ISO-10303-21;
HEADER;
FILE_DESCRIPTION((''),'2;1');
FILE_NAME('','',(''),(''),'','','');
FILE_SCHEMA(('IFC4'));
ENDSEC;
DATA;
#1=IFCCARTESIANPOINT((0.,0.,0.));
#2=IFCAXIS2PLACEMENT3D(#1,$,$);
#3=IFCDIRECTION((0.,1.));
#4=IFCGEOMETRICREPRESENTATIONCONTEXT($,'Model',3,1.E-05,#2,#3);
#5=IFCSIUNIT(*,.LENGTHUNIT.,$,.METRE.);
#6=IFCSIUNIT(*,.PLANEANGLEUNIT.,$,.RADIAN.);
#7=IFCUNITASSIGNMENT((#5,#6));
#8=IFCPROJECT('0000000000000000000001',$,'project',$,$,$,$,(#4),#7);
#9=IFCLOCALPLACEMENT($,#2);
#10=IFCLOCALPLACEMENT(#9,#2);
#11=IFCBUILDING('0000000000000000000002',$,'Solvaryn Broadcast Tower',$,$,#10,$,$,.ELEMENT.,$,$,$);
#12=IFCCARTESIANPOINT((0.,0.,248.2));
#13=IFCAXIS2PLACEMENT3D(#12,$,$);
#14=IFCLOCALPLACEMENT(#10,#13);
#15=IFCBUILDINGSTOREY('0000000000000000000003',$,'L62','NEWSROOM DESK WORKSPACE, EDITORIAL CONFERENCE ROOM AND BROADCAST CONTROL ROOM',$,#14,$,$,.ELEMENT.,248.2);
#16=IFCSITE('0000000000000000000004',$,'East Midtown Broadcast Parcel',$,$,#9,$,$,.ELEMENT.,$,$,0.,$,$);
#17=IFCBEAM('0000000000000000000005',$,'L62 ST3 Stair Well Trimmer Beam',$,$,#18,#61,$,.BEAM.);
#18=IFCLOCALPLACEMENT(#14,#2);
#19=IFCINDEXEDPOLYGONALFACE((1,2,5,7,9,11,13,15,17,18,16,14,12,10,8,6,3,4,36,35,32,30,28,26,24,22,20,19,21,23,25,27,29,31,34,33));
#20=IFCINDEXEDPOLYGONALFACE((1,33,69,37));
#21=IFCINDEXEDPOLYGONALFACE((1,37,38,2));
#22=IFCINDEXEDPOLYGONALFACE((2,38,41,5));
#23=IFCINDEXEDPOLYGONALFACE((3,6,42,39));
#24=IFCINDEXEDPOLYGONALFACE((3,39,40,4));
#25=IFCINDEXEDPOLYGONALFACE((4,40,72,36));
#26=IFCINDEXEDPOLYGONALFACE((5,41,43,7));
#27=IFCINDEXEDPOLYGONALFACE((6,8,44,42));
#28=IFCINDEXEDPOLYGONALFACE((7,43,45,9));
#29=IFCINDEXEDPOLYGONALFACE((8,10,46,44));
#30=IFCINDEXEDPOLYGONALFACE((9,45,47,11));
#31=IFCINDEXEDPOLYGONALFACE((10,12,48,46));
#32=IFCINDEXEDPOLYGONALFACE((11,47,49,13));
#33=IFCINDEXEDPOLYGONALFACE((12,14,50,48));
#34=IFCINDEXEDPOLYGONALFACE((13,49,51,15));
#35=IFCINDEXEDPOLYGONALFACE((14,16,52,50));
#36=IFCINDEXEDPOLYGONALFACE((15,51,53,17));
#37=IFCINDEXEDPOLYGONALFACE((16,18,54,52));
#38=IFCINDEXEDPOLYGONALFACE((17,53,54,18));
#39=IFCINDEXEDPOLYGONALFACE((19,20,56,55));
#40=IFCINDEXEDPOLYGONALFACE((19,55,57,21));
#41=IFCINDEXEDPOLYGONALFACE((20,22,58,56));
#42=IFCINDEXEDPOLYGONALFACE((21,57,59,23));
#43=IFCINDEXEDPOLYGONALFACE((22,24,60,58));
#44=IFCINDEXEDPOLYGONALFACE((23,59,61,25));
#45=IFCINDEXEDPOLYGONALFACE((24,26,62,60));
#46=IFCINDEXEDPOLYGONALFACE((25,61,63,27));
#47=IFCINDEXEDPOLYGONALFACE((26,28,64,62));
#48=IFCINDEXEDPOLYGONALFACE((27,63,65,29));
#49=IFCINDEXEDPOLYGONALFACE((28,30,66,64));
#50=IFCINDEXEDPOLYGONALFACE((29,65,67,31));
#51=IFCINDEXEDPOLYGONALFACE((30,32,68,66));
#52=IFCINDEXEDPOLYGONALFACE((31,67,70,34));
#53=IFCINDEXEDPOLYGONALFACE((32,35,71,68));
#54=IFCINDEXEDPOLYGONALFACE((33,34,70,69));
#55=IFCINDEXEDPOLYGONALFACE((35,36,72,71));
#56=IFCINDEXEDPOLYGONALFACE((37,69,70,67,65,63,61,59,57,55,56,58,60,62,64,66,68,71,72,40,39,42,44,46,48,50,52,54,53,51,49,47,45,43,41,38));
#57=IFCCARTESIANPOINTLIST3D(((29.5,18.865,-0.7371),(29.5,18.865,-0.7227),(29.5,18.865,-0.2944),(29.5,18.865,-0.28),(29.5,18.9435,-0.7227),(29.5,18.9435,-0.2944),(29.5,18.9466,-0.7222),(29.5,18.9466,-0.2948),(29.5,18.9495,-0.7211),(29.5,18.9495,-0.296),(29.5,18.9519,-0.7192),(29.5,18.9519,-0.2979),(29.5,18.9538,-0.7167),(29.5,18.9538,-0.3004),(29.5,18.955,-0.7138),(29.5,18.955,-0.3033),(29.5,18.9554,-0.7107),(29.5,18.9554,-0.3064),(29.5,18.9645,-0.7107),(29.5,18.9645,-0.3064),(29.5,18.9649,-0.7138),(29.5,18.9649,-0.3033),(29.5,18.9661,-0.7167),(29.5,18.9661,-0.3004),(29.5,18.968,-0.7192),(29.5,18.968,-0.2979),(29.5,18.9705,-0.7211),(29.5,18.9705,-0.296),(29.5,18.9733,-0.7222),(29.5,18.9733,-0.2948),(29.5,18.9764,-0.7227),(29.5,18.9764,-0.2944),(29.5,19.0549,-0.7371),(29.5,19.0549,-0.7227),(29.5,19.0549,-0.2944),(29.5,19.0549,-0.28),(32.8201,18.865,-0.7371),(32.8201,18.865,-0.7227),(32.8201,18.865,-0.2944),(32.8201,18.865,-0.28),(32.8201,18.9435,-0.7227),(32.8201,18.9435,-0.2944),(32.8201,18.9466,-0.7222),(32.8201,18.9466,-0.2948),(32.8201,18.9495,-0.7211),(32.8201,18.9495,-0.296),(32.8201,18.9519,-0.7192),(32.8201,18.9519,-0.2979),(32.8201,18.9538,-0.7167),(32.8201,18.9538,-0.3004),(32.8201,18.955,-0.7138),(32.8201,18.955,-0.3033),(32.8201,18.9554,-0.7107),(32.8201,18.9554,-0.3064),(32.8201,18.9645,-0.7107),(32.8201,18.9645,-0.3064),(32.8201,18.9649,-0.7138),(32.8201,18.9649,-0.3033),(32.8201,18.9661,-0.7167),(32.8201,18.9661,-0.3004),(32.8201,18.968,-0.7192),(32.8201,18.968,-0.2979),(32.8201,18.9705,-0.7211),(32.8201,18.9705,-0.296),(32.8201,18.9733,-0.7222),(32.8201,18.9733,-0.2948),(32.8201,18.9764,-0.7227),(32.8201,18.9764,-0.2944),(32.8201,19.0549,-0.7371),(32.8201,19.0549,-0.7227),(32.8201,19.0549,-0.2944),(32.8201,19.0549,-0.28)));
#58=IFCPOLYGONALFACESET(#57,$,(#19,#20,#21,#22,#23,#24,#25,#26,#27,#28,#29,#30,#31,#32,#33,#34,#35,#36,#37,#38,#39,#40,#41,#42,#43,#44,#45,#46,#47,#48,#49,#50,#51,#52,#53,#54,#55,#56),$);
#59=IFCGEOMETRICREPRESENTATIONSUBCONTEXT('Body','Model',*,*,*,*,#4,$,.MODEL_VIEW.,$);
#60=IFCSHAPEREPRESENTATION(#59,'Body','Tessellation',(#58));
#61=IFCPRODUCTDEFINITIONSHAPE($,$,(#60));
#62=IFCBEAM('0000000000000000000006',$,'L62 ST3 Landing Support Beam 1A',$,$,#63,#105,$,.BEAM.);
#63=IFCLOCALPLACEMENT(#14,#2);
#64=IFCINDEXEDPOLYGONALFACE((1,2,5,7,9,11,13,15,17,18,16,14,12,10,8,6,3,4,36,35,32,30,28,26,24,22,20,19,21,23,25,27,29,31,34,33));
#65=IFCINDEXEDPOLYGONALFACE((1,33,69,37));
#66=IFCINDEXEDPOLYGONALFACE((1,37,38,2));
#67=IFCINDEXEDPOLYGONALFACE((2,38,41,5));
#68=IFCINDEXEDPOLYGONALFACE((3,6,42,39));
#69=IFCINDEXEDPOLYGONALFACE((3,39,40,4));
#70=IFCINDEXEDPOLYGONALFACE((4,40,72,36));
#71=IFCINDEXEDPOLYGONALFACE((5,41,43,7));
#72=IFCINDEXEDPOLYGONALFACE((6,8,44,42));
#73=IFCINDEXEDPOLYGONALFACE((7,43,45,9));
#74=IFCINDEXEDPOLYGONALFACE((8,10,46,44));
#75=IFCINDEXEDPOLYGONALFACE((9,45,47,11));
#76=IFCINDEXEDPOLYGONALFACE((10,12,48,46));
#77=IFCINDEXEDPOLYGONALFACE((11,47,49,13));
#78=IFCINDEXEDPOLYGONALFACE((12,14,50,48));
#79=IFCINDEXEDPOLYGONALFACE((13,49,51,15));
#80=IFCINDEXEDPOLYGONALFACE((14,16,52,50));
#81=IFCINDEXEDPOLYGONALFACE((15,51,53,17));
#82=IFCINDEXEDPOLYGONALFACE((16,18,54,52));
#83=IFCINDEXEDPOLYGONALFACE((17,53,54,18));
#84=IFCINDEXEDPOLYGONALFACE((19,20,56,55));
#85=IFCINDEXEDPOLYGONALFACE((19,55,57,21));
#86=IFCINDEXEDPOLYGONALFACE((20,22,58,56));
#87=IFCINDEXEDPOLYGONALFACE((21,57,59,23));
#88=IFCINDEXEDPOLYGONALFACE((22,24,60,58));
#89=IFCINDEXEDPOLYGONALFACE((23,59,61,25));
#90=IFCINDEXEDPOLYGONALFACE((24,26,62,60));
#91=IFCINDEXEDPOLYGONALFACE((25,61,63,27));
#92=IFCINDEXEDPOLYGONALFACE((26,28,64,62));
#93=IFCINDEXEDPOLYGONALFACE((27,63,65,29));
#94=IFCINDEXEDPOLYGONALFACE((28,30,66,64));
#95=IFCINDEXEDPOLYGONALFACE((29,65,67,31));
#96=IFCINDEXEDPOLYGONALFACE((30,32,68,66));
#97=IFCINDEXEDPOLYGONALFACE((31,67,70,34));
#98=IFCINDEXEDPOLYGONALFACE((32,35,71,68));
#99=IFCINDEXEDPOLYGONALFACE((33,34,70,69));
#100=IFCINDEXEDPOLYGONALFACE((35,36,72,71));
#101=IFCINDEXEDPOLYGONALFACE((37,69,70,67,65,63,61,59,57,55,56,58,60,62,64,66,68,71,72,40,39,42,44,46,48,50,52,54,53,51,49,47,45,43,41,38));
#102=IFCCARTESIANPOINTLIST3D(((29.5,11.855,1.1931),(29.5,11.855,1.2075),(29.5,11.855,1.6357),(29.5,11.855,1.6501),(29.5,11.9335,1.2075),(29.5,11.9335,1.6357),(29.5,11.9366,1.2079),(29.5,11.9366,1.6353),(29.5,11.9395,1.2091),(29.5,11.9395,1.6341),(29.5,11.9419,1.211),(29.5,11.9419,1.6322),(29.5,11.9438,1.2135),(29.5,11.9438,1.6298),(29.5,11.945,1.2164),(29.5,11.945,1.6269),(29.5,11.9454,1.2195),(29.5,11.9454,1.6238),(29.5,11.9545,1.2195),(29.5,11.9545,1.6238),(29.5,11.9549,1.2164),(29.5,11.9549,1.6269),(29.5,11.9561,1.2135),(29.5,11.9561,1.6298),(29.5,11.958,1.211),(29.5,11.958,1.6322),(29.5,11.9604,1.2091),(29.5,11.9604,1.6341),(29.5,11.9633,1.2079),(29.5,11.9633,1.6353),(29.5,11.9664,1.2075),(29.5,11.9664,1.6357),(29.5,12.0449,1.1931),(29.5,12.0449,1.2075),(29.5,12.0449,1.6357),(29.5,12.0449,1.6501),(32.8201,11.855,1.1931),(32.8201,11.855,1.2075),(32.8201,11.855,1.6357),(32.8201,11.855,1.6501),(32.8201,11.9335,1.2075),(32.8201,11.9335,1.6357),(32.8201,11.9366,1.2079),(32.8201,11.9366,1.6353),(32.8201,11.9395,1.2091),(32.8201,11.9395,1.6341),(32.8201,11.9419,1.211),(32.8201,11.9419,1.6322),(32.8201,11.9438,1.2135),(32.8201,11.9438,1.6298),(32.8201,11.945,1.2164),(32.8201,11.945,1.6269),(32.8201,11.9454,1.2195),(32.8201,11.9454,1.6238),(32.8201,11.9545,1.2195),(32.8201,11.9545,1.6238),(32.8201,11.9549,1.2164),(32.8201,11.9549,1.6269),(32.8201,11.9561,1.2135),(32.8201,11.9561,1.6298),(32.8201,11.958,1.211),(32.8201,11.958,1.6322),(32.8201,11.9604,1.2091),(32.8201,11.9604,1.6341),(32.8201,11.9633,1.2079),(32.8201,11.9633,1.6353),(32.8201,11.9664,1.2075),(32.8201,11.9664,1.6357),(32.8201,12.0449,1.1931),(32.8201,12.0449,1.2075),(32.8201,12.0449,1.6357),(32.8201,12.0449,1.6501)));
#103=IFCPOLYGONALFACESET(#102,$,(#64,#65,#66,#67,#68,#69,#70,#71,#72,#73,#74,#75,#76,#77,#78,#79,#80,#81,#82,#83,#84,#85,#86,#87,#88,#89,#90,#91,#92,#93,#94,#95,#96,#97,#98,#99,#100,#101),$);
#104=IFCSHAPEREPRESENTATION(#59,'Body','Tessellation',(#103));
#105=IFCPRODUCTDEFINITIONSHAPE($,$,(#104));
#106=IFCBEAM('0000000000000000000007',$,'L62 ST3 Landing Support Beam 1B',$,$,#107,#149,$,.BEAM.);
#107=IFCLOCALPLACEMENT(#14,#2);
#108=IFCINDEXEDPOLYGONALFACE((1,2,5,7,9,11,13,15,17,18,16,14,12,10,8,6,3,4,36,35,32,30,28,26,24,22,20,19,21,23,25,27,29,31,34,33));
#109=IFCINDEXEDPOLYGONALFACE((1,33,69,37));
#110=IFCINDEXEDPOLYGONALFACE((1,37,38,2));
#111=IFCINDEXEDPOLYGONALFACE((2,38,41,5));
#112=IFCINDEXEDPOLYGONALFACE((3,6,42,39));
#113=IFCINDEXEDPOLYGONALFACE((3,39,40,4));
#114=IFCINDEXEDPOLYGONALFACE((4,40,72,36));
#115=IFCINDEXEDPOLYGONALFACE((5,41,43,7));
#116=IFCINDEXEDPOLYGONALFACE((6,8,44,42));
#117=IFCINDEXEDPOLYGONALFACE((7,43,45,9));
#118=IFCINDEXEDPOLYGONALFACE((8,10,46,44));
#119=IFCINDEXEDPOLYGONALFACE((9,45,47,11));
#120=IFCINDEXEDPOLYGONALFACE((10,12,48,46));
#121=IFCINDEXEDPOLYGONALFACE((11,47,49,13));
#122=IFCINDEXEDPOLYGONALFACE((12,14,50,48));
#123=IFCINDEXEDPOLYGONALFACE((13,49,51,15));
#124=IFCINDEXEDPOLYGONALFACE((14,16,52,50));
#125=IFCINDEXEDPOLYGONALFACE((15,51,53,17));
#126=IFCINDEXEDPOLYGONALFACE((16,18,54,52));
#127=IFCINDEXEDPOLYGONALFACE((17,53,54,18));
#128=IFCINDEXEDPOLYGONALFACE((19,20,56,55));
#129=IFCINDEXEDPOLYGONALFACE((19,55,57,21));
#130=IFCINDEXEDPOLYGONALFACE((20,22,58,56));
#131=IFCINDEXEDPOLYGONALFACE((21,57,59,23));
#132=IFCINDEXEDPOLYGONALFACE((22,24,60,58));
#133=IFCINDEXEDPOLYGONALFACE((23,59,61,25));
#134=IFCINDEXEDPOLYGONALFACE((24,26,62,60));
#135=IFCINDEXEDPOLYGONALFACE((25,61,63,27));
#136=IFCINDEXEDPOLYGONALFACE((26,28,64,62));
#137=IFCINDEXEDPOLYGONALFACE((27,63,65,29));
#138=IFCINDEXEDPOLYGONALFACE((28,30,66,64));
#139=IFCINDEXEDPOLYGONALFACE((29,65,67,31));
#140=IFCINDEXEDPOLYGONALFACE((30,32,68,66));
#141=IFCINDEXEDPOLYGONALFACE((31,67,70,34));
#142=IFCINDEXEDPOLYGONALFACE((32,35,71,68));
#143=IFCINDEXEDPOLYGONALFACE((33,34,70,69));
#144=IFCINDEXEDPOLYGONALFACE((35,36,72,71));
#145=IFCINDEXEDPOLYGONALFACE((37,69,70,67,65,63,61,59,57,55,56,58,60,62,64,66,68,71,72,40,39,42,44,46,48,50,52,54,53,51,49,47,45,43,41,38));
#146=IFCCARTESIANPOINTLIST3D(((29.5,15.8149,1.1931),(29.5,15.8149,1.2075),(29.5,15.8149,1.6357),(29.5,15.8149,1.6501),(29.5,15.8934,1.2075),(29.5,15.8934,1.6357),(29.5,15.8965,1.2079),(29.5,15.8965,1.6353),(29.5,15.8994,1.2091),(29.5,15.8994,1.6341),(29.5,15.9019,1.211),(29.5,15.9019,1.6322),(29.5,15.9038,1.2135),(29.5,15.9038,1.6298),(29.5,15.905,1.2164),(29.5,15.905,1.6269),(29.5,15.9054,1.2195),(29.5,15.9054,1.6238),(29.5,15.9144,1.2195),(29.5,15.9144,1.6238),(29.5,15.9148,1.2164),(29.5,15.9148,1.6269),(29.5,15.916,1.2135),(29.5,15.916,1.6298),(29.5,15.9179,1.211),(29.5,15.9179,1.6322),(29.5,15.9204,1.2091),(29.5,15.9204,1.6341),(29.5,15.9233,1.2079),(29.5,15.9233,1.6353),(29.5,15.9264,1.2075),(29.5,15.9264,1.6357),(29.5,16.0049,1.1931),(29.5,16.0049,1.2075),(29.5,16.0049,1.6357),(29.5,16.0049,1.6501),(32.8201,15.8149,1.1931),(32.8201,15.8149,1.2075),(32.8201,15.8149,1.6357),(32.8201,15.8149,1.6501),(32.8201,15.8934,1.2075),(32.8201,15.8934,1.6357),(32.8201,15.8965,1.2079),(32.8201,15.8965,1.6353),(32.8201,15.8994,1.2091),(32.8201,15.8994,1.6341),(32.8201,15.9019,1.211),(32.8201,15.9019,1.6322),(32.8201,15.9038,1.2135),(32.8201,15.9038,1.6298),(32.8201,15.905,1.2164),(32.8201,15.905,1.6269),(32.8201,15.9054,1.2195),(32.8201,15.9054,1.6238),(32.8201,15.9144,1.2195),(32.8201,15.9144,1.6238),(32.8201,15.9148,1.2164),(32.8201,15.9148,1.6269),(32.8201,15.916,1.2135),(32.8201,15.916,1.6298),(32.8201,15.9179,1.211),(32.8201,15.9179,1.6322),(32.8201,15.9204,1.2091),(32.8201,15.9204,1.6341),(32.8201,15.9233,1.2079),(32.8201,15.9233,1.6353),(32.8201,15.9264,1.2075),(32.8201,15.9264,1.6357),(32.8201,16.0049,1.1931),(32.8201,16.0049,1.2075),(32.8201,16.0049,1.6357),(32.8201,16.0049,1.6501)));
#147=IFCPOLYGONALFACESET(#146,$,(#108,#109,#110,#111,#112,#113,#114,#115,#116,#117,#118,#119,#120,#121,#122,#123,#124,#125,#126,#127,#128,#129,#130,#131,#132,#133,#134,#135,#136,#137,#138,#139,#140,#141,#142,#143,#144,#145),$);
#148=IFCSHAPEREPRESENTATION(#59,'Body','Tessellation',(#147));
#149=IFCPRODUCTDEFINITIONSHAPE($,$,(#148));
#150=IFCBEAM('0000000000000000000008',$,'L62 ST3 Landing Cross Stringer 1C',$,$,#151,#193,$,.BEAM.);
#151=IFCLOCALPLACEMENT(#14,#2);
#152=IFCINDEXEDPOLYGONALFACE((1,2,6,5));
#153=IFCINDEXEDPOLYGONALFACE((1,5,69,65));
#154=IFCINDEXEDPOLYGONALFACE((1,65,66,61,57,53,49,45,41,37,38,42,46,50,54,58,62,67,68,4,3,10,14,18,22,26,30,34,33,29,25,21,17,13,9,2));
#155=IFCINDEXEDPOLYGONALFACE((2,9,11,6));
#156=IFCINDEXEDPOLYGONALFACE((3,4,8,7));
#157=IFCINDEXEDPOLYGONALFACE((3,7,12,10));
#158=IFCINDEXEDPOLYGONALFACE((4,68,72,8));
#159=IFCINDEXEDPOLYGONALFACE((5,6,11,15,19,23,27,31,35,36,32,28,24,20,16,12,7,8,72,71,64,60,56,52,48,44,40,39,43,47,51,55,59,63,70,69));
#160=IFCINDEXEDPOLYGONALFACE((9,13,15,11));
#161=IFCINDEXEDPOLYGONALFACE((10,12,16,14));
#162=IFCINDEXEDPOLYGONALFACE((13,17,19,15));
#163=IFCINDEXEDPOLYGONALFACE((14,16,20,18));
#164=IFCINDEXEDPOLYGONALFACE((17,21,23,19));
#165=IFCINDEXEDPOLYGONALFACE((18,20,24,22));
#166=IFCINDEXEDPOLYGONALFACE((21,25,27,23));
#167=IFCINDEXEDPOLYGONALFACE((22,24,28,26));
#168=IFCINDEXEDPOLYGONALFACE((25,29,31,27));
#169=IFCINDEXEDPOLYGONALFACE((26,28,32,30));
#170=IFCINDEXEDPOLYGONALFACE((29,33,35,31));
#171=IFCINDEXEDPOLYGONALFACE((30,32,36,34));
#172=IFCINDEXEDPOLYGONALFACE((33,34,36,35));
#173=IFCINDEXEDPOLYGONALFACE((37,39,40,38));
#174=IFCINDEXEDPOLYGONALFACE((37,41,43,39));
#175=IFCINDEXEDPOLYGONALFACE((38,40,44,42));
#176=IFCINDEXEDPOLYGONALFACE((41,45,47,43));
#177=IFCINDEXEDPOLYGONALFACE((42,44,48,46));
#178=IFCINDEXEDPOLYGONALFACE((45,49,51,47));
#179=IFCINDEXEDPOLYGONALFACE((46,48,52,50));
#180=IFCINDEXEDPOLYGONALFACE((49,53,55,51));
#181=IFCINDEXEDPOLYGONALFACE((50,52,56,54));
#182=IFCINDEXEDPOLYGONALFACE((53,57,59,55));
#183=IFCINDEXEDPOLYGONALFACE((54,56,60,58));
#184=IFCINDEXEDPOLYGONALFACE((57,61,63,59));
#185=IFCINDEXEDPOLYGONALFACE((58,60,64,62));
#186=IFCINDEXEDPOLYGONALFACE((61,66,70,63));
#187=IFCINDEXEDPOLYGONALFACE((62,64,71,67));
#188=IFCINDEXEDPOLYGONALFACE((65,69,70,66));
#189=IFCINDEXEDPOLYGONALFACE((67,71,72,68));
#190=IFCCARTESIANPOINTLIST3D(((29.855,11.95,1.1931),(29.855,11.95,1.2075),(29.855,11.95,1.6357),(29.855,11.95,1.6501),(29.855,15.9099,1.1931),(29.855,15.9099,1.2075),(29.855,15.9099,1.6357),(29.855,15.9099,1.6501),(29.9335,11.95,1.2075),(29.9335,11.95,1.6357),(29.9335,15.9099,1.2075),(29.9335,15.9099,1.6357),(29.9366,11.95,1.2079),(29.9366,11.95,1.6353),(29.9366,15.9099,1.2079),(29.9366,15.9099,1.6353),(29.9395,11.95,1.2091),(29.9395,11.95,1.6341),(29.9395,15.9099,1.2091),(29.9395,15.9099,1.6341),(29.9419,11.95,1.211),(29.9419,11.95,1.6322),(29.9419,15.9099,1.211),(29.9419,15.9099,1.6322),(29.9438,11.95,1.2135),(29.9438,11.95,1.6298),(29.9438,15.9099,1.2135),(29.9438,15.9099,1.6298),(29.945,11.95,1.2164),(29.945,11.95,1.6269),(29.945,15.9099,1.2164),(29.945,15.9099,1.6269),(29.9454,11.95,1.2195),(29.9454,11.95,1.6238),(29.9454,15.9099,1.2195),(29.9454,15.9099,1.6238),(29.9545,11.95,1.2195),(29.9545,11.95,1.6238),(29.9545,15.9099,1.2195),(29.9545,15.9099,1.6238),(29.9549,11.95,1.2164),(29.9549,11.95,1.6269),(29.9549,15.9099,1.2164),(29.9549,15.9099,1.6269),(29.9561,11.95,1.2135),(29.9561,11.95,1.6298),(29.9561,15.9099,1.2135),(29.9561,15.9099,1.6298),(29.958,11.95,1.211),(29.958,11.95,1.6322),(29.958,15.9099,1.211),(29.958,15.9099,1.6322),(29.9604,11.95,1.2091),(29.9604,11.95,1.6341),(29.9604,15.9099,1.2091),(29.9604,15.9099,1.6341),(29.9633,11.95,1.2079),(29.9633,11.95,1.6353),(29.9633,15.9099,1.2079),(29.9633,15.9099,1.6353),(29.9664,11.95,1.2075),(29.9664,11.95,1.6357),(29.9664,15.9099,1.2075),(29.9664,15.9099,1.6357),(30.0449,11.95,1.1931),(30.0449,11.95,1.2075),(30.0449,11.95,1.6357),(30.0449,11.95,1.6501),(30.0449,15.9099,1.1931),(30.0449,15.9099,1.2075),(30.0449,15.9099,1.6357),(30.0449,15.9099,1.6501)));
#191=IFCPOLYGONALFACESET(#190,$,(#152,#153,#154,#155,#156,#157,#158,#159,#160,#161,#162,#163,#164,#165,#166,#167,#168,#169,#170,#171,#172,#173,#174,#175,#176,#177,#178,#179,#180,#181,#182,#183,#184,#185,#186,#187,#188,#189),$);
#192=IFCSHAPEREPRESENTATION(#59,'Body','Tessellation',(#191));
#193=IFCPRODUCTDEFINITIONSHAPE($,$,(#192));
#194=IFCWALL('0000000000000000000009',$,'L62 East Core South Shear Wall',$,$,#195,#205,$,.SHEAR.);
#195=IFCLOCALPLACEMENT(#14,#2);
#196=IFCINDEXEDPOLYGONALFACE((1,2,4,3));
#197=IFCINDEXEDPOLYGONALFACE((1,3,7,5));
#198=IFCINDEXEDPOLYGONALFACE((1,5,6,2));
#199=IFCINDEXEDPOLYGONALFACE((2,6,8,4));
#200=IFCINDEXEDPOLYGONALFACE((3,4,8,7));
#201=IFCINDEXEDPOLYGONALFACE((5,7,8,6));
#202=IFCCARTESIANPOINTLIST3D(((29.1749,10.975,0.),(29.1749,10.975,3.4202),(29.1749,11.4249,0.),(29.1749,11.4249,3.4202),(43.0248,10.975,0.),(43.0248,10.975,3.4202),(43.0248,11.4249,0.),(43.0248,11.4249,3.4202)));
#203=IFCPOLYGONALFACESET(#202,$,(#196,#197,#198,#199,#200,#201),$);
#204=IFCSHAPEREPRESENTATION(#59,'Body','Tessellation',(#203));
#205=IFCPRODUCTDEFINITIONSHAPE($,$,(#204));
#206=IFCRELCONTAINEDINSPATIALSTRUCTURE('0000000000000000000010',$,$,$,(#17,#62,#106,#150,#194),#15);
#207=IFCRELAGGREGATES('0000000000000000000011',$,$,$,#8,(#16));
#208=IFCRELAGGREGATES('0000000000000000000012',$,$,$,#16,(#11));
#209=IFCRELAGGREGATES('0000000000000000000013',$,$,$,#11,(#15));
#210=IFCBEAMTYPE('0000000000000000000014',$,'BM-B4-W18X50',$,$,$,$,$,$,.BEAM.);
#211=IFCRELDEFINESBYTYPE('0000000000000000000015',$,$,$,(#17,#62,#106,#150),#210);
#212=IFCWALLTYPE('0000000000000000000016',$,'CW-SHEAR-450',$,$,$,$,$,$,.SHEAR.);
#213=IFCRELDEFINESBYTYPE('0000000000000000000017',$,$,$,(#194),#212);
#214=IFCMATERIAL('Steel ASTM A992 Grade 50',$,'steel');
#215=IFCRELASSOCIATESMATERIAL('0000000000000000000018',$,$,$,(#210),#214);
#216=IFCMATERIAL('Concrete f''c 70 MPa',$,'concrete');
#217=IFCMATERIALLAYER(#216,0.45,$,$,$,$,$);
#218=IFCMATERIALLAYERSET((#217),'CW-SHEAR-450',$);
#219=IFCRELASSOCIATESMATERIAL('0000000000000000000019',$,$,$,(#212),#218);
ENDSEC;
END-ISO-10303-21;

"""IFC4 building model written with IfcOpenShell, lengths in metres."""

from ifc_helpers import new_model, si_unit, direction, frame, frame_2d, origin, origin_2d, place, context, subcontext, project, spatial, rectangle, i_section, extrude, material, layer, layer_set, material_profile, profile_set, type_object, element, save


model = new_model("IFC4")

# Units and contexts
model_context = context("Model", 3, precision=1e-05, world=origin(), true_north=direction((0.0, 1.0)))
body_context = subcontext(model_context, "Body", "Model", "MODEL_VIEW")
ifc_project = project(units=[si_unit("LENGTHUNIT", "METRE"), si_unit("PLANEANGLEUNIT", "RADIAN")], contexts=[model_context])

# Site, building, storey
site_placement = place(None, origin())
site = spatial("IfcSite", under=ifc_project, at=site_placement, Name="East Midtown Broadcast Parcel", CompositionType="ELEMENT", RefElevation=0.0)
building_placement = place(site_placement, origin())
building = spatial("IfcBuilding", under=site, at=building_placement, Name="Solvaryn Broadcast Tower", CompositionType="ELEMENT")
storey_placement = place(building_placement, frame((0.0, 0.0, 248.2)))
storey = spatial("IfcBuildingStorey", under=building, at=storey_placement, Name="L62", Description="NEWSROOM DESK WORKSPACE, EDITORIAL CONFERENCE ROOM AND BROADCAST CONTROL ROOM", CompositionType="ELEMENT", Elevation=248.2)

# Beams
ifc_material_1 = material(Name="Steel ASTM A992 Grade 50", Category="steel")
ifc_material_profile_1 = material_profile(ifc_material_1, i_section(OverallWidth=0.1899, OverallDepth=0.457, WebThickness=0.009, FlangeThickness=0.0144, FilletRadius=0.012, at=origin_2d()))
ifc_profile_set_1 = profile_set([ifc_material_profile_1], Name="Steel ASTM A992 Grade 50")
beam_type_1 = type_object("IfcBeamType", Name="BM-B4-W18X50", PredefinedType="BEAM", material=ifc_profile_set_1)
for number, where, z_axis, x_axis, name in (
    (1, (29.5, 18.96, -0.5085), (1.0, 0.0, 0.0), (0.0, 1.0, 0.0), "L62 ST3 Stair Well Trimmer Beam"),
    (2, (29.5, 11.95, 1.4216), (1.0, 0.0, 0.0), (0.0, 1.0, 0.0), "L62 ST3 Landing Support Beam 1A"),
    (3, (29.5, 15.9099, 1.4216), (1.0, 0.0, 0.0), (0.0, 1.0, 0.0), "L62 ST3 Landing Support Beam 1B"),
):
    element("IfcBeam", number, at=place(storey_placement, frame(where, z_axis=z_axis, x_axis=x_axis)), inside=storey, type_object=beam_type_1, Name=name, PredefinedType="BEAM", context=body_context, shape_type="SweptSolid", body=[
        extrude(i_section(OverallWidth=0.1899, OverallDepth=0.457, WebThickness=0.009, FlangeThickness=0.0144, FilletRadius=0.012, at=origin_2d()), origin(), (0.0, 0.0, 1.0), 3.3201),
    ])
beam_1_placement = place(storey_placement, frame((29.95, 11.95, 1.4216), z_axis=(0.0, 1.0, 0.0), x_axis=(-1.0, 0.0, 0.0)))
element("IfcBeam", 4, at=beam_1_placement, inside=storey, type_object=beam_type_1, Name="L62 ST3 Landing Cross Stringer 1C", PredefinedType="BEAM", context=body_context, shape_type="SweptSolid", body=[
    extrude(i_section(OverallWidth=0.1899, OverallDepth=0.457, WebThickness=0.009, FlangeThickness=0.0144, FilletRadius=0.012, at=origin_2d()), origin(), (0.0, 0.0, 1.0), 3.96),
])

# Wall
ifc_material_2 = material(Name="Concrete f'c 70 MPa", Category="concrete")
ifc_layer_1 = layer(ifc_material_2, 0.45)
ifc_layer_set_1 = layer_set([ifc_layer_1], Name="CW-SHEAR-450")
wall_type_1 = type_object("IfcWallType", Name="CW-SHEAR-450", PredefinedType="SHEAR", material=ifc_layer_set_1)
wall_1_placement = place(storey_placement, frame((29.175, 11.2, 0.0), z_axis=(0.0, 0.0, 1.0), x_axis=(1.0, 0.0, 0.0)))
element("IfcWall", 5, at=wall_1_placement, inside=storey, type_object=wall_type_1, Name="L62 East Core South Shear Wall", PredefinedType="SHEAR", context=body_context, shape_type="SweptSolid", body=[
    extrude(rectangle(XDim=13.8499, YDim=0.45, at=frame_2d((6.9248, 0.0))), origin(), (0.0, 0.0, 1.0), 3.4202),
])

save(model, "model.ifc")
